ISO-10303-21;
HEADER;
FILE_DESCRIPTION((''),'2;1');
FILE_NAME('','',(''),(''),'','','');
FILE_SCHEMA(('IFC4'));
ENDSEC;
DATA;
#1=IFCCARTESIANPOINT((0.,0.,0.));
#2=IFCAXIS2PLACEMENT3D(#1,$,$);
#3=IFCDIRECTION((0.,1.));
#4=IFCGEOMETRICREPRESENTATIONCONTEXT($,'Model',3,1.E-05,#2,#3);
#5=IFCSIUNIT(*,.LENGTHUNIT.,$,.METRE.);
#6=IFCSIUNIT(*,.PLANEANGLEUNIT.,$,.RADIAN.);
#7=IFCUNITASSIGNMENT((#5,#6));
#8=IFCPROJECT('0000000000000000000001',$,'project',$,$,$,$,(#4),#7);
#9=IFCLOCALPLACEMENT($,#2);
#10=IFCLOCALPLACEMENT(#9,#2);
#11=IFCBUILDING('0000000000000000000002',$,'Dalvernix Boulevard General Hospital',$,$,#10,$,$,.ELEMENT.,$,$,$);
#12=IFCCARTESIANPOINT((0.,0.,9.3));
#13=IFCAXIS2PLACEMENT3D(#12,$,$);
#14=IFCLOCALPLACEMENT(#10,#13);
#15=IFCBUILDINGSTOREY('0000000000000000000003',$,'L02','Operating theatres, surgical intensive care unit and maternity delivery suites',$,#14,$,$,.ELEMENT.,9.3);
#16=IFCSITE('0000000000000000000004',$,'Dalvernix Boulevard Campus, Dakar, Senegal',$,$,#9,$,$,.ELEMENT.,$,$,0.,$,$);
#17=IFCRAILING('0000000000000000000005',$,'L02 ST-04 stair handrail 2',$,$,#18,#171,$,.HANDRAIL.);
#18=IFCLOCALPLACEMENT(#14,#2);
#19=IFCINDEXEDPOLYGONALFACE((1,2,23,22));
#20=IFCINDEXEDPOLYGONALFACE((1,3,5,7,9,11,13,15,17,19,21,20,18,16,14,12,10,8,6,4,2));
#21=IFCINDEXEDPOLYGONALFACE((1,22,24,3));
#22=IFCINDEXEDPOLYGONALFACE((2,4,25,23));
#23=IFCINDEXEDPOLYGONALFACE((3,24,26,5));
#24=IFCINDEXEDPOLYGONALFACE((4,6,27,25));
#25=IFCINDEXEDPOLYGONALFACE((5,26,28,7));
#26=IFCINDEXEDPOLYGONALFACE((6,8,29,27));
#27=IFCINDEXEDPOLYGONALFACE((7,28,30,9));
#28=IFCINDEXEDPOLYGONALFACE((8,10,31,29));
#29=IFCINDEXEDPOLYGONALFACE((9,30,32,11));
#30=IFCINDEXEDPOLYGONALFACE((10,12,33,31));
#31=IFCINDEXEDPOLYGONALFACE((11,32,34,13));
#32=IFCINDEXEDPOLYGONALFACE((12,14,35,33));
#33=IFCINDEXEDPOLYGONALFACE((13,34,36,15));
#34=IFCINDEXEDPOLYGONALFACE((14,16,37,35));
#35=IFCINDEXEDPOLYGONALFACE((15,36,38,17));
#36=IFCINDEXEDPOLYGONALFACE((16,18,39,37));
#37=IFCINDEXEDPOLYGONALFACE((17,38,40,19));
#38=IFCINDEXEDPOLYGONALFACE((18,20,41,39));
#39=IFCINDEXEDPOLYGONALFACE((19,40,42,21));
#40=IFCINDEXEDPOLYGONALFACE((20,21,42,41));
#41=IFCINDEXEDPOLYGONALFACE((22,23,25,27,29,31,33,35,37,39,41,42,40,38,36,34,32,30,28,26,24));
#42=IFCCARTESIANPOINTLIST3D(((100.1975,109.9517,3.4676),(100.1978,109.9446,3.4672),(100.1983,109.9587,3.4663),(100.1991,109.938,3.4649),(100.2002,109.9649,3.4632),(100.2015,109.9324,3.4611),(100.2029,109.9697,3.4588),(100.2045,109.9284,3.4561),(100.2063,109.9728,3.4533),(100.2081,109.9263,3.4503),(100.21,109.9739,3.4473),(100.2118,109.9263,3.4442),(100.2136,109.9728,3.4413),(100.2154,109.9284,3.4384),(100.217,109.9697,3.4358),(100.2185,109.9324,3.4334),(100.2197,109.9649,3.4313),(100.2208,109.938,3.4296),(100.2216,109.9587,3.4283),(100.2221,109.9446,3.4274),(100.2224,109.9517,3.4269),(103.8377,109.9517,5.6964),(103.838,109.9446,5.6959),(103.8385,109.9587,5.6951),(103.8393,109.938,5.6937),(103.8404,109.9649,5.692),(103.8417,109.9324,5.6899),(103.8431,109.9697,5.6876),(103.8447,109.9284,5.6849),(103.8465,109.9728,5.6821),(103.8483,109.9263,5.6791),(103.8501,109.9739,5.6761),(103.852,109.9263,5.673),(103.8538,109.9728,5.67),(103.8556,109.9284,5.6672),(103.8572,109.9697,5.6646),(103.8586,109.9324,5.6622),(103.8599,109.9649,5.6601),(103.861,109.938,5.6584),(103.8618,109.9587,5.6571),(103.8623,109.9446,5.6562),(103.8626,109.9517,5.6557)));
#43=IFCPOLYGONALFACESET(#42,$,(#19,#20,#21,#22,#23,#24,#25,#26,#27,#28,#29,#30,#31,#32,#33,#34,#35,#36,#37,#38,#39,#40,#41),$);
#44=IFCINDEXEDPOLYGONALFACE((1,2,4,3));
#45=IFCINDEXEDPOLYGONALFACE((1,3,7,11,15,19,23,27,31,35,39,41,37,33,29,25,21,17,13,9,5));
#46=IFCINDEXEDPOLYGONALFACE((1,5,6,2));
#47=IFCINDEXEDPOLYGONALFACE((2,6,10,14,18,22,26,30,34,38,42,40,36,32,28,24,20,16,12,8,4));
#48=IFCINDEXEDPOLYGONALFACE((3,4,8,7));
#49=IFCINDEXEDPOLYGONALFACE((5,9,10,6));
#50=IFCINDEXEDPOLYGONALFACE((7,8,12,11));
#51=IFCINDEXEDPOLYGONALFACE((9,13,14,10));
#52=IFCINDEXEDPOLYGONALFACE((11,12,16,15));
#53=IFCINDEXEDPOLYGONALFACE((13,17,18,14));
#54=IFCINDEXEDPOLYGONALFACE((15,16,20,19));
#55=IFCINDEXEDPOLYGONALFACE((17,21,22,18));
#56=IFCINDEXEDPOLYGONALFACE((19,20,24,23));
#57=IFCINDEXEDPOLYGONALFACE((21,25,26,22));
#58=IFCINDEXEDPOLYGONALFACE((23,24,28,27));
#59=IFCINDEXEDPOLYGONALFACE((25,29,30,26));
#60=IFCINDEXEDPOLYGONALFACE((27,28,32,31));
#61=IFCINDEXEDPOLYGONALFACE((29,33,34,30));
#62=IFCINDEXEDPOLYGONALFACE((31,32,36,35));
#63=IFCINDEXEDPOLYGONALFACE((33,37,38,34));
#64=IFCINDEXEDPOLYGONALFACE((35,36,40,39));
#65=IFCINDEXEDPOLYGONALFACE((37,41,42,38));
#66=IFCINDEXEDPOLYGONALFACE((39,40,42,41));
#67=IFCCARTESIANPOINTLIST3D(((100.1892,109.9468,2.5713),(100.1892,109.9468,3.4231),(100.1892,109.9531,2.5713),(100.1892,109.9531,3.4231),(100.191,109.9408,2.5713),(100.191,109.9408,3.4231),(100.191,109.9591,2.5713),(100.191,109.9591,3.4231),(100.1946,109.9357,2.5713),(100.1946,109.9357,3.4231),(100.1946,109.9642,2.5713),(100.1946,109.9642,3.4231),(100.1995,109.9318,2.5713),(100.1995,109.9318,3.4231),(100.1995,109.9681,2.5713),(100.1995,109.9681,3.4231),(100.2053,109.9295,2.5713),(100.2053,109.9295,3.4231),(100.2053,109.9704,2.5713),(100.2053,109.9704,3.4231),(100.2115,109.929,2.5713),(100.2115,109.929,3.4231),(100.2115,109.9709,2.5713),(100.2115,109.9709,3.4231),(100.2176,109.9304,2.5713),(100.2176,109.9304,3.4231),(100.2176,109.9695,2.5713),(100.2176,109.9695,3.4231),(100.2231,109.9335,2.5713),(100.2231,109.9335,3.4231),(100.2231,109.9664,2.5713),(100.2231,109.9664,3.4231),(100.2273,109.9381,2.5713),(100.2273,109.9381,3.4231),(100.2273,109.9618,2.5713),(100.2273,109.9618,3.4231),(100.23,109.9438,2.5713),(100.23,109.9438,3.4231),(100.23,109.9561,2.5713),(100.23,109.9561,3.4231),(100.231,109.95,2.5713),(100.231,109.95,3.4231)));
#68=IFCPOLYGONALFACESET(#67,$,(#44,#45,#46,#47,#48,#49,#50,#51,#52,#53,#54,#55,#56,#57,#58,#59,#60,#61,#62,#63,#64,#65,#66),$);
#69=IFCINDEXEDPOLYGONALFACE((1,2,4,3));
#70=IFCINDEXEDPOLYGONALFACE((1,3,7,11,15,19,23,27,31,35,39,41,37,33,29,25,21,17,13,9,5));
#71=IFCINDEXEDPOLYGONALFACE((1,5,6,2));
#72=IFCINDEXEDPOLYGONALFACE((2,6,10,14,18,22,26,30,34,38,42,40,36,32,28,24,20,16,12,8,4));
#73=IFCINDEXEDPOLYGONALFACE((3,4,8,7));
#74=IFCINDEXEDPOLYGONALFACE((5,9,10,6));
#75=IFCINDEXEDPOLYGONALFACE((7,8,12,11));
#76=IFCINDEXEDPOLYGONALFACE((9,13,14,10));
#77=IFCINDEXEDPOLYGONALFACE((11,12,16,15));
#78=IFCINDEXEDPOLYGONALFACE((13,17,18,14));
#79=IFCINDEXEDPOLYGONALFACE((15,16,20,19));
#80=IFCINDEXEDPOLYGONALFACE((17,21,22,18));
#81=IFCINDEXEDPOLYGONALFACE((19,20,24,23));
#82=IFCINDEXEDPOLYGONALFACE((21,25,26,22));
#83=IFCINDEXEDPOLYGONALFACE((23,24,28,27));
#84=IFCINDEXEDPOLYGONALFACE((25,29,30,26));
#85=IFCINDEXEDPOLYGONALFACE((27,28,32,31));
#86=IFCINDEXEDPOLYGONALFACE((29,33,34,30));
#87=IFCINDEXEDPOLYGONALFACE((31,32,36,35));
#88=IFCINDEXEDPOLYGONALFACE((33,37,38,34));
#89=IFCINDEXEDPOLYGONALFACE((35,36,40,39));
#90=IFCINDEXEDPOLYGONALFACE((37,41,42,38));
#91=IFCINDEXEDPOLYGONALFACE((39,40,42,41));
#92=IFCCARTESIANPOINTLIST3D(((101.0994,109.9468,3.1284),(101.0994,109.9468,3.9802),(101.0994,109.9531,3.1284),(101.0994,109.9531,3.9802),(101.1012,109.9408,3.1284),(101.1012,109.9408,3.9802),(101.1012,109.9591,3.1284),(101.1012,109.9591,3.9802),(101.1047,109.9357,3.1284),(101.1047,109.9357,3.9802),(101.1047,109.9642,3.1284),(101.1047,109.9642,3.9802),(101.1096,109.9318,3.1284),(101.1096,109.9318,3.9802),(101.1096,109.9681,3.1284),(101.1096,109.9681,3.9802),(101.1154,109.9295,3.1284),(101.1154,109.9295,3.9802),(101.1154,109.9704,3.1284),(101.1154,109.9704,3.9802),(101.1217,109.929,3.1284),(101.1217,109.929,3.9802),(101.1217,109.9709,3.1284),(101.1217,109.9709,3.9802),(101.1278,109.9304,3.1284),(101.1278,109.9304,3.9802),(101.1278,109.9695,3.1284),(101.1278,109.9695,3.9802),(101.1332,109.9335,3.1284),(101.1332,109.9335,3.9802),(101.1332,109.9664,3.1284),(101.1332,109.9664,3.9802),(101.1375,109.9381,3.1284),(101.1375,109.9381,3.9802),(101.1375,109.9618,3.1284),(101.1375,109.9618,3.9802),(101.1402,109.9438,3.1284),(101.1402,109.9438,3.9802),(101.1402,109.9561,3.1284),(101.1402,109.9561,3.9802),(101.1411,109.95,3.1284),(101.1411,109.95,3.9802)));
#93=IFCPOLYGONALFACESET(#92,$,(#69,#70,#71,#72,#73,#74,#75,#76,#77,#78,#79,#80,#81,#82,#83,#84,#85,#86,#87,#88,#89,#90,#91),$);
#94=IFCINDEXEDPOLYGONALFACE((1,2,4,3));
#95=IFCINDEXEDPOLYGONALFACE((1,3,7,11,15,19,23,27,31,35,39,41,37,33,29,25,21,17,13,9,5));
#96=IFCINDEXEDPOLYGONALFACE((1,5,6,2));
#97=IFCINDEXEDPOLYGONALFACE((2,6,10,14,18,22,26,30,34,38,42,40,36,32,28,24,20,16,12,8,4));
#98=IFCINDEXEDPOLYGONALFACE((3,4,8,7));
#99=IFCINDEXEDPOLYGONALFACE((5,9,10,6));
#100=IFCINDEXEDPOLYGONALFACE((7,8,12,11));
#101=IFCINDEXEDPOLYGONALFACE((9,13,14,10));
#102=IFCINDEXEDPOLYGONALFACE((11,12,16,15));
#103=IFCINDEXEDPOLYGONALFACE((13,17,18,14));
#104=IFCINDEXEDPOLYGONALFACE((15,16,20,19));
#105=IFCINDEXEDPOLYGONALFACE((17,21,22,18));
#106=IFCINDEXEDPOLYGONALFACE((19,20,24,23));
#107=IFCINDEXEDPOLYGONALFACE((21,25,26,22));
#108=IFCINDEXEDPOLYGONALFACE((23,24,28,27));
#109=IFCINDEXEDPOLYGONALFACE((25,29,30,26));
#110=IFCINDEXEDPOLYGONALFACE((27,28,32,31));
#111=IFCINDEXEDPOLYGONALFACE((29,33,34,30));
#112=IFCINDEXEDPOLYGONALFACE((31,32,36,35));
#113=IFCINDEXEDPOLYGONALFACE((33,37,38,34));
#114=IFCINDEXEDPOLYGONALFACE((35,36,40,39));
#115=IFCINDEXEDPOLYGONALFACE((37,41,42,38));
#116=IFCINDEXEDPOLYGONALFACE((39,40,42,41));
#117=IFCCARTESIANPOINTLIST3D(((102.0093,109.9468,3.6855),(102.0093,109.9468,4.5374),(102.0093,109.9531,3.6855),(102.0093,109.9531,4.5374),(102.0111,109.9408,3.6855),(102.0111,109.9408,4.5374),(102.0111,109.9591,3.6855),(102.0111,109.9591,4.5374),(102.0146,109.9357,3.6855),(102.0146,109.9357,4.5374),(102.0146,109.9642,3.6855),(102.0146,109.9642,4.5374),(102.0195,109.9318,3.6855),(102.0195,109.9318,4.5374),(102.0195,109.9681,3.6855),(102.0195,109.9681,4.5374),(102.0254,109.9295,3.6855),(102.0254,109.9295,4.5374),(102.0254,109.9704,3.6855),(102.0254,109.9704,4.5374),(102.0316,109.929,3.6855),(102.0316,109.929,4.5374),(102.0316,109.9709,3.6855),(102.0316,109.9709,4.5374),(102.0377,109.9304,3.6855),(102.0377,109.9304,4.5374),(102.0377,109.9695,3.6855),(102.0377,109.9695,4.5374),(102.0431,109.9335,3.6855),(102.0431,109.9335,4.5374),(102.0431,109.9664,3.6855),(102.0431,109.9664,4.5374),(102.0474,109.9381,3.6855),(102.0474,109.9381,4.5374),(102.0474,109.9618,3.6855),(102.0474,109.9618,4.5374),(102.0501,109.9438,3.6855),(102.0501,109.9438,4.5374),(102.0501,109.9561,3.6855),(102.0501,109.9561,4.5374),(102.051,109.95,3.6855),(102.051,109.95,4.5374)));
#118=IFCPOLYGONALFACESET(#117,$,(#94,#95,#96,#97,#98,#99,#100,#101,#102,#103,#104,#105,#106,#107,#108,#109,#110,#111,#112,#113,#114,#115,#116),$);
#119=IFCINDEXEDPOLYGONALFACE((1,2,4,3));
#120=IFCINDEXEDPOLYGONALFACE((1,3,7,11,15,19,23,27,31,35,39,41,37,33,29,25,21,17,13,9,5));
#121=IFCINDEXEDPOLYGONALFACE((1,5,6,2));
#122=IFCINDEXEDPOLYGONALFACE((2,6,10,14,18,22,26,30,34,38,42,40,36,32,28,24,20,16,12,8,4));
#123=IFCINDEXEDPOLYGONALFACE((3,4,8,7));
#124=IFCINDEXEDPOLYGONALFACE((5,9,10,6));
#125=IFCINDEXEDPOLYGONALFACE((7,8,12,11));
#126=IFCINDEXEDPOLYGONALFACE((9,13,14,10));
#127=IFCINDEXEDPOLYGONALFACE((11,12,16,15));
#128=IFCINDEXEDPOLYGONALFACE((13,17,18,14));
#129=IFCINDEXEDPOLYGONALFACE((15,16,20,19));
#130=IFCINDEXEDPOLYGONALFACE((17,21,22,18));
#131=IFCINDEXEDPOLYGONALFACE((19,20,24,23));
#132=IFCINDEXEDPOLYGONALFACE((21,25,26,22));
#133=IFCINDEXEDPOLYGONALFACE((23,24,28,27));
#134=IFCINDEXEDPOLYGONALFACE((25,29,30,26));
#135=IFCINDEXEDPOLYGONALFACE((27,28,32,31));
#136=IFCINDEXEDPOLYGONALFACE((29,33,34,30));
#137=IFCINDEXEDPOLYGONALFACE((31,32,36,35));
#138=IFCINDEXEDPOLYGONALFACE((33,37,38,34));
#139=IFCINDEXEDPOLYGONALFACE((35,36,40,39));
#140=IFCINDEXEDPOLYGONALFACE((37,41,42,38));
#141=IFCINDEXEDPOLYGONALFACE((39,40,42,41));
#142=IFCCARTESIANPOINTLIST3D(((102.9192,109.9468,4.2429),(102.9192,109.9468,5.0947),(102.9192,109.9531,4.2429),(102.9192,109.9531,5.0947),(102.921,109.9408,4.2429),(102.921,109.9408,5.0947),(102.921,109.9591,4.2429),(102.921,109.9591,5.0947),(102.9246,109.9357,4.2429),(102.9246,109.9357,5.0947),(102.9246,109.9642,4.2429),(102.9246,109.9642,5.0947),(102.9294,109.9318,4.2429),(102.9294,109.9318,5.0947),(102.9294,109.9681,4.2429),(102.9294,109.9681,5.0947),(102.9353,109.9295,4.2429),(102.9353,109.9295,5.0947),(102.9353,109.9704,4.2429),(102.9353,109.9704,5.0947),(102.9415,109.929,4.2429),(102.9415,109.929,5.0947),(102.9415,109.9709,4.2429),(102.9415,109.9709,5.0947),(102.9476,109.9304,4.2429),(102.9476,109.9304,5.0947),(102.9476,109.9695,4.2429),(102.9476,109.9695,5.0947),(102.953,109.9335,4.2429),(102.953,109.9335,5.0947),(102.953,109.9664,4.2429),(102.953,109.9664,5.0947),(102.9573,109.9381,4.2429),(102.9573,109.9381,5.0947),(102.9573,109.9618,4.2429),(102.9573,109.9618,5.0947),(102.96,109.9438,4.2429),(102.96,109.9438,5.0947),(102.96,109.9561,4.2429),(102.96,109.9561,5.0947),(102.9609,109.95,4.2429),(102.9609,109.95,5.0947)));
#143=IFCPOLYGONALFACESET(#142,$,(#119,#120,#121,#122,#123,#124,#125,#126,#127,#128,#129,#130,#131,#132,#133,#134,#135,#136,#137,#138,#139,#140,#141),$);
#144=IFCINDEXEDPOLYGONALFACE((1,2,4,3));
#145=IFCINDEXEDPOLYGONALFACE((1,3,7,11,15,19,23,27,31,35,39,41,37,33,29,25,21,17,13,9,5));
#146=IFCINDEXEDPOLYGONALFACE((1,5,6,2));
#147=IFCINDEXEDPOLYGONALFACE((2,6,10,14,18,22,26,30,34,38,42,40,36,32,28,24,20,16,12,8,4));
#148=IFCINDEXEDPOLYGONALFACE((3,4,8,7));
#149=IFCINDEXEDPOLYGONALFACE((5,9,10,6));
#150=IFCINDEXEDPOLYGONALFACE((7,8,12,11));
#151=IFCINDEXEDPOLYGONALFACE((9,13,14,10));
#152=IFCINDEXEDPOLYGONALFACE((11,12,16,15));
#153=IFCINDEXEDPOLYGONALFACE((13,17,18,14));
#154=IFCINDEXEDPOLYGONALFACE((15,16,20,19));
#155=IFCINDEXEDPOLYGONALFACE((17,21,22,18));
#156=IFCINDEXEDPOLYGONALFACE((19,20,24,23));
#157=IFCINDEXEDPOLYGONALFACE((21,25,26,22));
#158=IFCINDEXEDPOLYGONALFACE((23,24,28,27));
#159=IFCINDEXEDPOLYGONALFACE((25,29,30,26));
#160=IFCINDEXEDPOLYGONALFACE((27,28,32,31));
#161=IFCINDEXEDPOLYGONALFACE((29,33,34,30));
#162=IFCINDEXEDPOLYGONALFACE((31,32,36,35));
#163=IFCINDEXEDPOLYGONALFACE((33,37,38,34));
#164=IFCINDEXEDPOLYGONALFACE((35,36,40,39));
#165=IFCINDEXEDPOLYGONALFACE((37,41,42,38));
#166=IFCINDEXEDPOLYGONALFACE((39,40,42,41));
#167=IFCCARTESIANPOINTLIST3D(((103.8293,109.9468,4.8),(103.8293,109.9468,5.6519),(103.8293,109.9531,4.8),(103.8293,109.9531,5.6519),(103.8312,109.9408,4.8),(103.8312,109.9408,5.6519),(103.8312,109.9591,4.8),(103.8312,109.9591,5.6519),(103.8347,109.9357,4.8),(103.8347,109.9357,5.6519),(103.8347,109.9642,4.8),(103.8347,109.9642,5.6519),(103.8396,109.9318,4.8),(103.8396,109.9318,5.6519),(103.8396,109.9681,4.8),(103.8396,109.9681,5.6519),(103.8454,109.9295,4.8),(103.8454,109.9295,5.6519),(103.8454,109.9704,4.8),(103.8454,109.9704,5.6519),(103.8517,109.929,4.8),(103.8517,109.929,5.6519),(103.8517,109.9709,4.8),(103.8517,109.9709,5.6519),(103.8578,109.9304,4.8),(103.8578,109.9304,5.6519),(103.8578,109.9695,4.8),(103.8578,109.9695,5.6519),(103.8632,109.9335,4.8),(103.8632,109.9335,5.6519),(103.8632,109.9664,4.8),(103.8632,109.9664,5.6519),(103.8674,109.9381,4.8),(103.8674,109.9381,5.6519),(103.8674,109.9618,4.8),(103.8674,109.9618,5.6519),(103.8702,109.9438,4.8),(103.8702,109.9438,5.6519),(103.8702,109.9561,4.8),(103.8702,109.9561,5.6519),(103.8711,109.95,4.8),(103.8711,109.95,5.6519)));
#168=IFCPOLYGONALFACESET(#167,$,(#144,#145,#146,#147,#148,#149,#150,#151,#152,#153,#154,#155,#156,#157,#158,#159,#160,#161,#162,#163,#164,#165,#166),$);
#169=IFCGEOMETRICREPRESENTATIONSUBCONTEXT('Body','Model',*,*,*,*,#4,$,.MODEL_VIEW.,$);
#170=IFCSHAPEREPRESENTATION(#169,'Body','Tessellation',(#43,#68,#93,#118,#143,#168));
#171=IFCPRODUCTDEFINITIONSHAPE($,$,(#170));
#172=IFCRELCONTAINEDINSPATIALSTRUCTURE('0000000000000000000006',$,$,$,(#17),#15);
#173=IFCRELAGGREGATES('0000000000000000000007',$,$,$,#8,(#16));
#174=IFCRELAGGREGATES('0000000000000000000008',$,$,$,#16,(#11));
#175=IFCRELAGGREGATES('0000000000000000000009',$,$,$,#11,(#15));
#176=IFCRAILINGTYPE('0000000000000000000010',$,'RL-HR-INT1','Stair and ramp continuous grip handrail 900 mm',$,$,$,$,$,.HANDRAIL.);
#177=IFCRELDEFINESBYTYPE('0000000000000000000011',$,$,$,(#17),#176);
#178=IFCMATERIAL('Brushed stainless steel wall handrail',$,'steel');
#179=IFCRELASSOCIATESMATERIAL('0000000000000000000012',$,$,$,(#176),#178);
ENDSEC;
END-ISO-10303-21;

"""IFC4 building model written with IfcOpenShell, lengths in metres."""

from ifc_helpers import new_model, si_unit, direction, frame, origin, origin_2d, place, context, subcontext, project, spatial, circle, extrude, material, type_object, element, save


model = new_model("IFC4")

# Units and contexts
model_context = context("Model", 3, precision=1e-05, world=origin(), true_north=direction((0.0, 1.0)))
body_context = subcontext(model_context, "Body", "Model", "MODEL_VIEW")
ifc_project = project(units=[si_unit("LENGTHUNIT", "METRE"), si_unit("PLANEANGLEUNIT", "RADIAN")], contexts=[model_context])

# Site, building, storey
site_placement = place(None, origin())
site = spatial("IfcSite", under=ifc_project, at=site_placement, Name="Dalvernix Boulevard Campus, Dakar, Senegal", CompositionType="ELEMENT", RefElevation=0.0)
building_placement = place(site_placement, origin())
building = spatial("IfcBuilding", under=site, at=building_placement, Name="Dalvernix Boulevard General Hospital", CompositionType="ELEMENT")
storey_placement = place(building_placement, frame((0.0, 0.0, 9.3)))
storey = spatial("IfcBuildingStorey", under=building, at=storey_placement, Name="L02", Description="Operating theatres, surgical intensive care unit and maternity delivery suites", CompositionType="ELEMENT", Elevation=9.3)

# Railing
ifc_material_1 = material(Name="Brushed stainless steel wall handrail", Category="steel")
railing_type_1 = type_object("IfcRailingType", Name="RL-HR-INT1", Description="Stair and ramp continuous grip handrail 900 mm", PredefinedType="HANDRAIL", material=ifc_material_1)
railing_1_placement = place(storey_placement, frame((100.21, 109.95, 2.5713)))
element("IfcRailing", 1, at=railing_1_placement, inside=storey, type_object=railing_type_1, Name="L02 ST-04 stair handrail 2", PredefinedType="HANDRAIL", context=body_context, shape_type="SweptSolid", body=[
    extrude(circle(Radius=0.0239, at=origin_2d()), frame((0.0, 0.0, 0.876), z_axis=(0.85284, 0.0, 0.522172), x_axis=(0.0, 1.0, 0.0)), (0.0, 0.0, 1.0), 4.2683),
    extrude(circle(Radius=0.021, at=origin_2d()), origin(), (0.0, 0.0, 1.0), 0.8518),
    extrude(circle(Radius=0.021, at=origin_2d()), frame((0.9102, 0.0, 0.5571)), (0.0, 0.0, 1.0), 0.8518),
    extrude(circle(Radius=0.021, at=origin_2d()), frame((1.8201, 0.0, 1.1143)), (0.0, 0.0, 1.0), 0.8518),
    extrude(circle(Radius=0.021, at=origin_2d()), frame((2.73, 0.0, 1.6716)), (0.0, 0.0, 1.0), 0.8518),
    extrude(circle(Radius=0.021, at=origin_2d()), frame((3.6401, 0.0, 2.2288)), (0.0, 0.0, 1.0), 0.8518),
])

save(model, "model.ifc")
